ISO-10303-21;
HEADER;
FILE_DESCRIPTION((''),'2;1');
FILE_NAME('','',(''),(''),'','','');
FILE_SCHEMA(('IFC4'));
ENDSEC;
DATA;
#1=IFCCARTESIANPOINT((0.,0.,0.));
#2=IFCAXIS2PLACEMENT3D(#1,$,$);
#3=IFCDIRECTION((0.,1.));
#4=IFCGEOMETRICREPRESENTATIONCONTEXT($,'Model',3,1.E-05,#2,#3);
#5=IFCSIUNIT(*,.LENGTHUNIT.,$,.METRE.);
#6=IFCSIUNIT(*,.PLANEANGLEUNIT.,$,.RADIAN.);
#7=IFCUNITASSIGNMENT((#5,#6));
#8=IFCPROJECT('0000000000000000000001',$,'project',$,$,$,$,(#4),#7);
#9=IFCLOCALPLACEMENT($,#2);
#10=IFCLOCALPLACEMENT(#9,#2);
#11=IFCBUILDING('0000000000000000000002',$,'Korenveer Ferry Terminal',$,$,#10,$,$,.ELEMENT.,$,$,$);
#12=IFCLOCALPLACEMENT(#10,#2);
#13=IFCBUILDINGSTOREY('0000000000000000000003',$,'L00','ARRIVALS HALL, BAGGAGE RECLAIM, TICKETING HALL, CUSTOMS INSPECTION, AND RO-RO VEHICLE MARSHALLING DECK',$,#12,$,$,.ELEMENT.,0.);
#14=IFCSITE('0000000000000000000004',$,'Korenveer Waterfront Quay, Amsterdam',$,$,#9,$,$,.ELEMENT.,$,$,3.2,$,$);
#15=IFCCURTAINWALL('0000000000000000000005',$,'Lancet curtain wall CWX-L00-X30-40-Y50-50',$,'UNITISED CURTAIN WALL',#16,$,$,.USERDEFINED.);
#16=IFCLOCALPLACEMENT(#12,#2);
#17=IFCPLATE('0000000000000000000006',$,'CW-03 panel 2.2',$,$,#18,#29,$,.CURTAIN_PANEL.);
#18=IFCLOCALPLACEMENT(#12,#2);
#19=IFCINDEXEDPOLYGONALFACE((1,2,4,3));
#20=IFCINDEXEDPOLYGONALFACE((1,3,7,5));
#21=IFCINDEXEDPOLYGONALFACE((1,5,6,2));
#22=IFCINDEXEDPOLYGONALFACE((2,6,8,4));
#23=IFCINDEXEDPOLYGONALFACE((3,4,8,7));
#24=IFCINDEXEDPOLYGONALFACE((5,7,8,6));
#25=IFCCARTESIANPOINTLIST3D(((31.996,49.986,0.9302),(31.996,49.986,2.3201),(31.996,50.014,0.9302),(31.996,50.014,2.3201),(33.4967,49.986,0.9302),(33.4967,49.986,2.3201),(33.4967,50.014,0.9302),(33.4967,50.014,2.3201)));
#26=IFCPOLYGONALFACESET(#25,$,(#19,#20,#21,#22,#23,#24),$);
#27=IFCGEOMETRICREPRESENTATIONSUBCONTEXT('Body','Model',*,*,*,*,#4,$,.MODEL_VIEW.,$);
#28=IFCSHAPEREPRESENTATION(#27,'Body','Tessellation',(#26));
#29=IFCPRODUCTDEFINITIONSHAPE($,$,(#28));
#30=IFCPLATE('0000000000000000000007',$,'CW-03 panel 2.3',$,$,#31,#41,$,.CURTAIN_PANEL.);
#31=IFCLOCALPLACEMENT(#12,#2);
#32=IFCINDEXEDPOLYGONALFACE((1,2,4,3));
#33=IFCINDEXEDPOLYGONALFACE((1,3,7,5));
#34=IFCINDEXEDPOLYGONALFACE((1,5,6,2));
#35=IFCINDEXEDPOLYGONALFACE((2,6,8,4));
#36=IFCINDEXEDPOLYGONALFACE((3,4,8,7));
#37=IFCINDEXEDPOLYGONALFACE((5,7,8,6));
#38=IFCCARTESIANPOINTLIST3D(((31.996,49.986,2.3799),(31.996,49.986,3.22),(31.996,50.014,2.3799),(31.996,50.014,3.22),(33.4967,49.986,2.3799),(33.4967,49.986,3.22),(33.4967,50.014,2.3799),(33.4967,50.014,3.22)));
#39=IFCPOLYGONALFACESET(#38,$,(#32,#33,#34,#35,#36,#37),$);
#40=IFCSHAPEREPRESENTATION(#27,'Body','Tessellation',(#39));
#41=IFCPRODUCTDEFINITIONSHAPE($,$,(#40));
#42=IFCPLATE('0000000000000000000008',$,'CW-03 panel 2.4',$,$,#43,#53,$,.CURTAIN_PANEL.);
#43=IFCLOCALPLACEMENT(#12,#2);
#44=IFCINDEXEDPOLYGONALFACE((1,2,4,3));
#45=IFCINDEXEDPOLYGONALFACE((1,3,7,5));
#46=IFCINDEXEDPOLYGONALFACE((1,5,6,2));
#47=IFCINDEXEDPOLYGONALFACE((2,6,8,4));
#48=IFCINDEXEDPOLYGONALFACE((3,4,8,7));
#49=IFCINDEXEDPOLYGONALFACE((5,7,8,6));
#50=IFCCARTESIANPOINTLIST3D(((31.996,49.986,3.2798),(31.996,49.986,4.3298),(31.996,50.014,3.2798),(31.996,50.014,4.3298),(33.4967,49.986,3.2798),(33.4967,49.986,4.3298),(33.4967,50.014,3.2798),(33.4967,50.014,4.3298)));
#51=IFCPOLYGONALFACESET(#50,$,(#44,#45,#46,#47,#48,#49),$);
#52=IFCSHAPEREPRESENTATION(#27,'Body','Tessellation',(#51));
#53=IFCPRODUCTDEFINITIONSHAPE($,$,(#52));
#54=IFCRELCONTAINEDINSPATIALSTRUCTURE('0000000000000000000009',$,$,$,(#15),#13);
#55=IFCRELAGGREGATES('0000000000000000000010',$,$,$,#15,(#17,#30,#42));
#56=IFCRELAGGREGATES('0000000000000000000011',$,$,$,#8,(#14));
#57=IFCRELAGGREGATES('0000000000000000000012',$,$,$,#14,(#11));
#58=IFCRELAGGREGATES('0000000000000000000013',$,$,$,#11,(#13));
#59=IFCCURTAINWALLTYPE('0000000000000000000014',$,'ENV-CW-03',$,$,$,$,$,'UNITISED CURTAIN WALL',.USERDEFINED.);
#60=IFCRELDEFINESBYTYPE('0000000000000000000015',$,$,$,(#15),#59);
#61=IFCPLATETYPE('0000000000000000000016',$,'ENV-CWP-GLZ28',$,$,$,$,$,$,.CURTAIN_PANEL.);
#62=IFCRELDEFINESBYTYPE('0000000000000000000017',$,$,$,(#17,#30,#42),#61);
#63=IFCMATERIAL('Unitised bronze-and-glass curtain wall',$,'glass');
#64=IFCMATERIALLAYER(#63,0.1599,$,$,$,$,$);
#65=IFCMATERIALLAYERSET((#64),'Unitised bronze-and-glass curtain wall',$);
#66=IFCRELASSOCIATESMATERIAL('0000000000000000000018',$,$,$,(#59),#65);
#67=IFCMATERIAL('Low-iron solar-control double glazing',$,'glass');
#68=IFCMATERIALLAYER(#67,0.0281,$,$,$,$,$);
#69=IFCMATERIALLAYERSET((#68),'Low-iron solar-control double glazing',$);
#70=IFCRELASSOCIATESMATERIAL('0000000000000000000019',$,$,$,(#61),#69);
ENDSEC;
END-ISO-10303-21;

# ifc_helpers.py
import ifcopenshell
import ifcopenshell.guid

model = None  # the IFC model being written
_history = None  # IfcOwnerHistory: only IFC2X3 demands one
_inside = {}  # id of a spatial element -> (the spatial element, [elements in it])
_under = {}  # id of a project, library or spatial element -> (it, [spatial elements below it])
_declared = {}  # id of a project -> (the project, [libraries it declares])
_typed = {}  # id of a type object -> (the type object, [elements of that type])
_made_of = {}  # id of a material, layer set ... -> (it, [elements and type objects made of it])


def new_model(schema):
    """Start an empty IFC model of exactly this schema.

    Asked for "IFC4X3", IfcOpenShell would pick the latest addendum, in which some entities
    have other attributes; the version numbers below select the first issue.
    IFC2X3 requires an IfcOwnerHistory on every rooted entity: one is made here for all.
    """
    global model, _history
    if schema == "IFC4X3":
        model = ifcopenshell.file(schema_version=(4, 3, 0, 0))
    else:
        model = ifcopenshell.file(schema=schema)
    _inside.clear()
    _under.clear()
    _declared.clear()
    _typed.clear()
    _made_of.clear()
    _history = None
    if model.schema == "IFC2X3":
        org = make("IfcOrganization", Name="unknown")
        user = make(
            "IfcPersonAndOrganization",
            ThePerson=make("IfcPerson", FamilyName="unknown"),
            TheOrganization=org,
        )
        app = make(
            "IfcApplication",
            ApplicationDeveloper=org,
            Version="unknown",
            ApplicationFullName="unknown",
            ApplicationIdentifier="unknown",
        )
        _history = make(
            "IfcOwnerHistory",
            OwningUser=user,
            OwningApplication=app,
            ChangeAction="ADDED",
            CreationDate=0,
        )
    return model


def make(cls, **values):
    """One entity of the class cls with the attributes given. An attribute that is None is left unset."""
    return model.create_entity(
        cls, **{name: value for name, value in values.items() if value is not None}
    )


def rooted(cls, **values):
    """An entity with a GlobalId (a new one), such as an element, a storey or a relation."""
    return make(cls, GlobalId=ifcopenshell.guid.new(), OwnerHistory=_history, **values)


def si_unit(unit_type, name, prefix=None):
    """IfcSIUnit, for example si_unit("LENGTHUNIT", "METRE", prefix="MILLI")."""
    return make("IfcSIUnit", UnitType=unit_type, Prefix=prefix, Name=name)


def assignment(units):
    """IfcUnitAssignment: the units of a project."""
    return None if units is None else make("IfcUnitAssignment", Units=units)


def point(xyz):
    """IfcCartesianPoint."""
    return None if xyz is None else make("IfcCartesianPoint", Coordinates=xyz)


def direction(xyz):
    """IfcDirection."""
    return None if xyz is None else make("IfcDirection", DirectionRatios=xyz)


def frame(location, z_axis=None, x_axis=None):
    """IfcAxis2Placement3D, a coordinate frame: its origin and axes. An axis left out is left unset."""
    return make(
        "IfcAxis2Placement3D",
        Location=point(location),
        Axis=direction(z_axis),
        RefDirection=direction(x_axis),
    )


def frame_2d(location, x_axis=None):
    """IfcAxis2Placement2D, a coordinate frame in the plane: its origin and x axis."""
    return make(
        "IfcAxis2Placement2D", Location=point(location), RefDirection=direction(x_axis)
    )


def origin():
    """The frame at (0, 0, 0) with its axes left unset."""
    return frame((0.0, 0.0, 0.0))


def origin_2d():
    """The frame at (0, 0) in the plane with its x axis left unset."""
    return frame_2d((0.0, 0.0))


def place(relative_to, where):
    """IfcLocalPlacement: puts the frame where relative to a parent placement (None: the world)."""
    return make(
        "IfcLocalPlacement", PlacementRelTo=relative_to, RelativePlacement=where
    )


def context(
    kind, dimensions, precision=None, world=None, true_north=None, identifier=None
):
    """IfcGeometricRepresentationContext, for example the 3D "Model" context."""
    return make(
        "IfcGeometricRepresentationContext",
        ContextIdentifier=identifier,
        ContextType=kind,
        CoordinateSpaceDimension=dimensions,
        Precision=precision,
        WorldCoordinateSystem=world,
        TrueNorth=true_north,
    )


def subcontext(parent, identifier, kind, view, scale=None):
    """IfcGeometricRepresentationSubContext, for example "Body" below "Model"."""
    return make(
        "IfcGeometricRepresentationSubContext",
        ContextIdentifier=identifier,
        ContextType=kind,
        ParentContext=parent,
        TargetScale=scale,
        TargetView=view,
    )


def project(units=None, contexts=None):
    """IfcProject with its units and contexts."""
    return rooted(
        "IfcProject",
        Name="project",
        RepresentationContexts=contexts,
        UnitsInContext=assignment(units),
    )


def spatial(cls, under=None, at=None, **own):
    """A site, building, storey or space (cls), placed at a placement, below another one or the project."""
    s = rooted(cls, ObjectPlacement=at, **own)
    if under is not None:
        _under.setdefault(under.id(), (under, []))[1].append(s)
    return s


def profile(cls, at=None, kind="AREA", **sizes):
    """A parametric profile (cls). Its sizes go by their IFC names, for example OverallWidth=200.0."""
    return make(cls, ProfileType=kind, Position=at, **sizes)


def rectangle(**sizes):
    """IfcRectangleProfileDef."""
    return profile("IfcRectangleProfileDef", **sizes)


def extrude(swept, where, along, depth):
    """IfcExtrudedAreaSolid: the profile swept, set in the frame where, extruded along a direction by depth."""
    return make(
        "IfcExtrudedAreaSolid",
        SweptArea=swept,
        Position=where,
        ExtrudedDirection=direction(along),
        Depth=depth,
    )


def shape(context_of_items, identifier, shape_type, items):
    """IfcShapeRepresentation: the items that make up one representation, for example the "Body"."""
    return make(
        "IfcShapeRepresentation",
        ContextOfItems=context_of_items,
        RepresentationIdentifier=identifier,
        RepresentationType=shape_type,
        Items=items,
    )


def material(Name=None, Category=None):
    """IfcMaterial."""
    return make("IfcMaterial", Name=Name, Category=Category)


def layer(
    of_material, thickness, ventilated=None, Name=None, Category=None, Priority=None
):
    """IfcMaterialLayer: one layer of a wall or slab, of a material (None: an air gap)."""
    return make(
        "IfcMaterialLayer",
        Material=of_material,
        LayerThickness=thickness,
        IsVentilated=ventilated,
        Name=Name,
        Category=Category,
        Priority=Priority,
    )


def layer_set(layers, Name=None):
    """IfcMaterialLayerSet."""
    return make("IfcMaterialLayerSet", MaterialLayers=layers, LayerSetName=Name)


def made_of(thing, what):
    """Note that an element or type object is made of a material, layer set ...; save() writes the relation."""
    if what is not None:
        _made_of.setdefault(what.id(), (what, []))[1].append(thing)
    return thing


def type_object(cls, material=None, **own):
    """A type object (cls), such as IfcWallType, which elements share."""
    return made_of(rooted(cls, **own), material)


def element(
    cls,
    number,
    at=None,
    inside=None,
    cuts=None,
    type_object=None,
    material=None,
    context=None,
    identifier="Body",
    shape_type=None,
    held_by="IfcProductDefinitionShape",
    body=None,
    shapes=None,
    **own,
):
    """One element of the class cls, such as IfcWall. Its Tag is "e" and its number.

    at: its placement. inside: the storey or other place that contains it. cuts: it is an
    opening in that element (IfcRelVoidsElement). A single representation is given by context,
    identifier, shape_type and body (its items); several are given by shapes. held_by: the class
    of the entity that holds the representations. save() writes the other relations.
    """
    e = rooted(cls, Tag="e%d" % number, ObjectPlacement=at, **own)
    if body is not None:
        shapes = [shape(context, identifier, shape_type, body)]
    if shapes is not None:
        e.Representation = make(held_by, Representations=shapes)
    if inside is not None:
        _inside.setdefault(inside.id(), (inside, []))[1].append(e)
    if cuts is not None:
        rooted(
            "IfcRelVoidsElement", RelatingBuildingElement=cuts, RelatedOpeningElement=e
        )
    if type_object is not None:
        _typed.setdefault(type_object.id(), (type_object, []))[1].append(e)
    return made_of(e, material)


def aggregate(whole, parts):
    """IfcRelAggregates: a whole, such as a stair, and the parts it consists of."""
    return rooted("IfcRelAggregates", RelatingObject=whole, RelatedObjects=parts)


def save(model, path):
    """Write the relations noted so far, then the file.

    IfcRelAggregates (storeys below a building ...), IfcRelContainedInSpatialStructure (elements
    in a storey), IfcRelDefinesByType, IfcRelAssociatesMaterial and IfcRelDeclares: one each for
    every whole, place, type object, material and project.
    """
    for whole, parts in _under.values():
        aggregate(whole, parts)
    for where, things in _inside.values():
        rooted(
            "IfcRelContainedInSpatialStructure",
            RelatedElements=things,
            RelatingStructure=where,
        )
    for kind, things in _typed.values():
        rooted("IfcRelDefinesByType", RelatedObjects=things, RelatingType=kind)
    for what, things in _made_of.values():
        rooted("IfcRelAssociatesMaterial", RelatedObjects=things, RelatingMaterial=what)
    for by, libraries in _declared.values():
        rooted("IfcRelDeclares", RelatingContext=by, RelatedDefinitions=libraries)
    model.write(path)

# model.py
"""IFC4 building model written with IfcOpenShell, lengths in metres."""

from ifc_helpers import new_model, si_unit, direction, frame, origin, origin_2d, place, context, subcontext, project, spatial, rectangle, extrude, material, layer, layer_set, type_object, element, aggregate, save


model = new_model("IFC4")

# Units and contexts
model_context = context("Model", 3, precision=1e-05, world=origin(), true_north=direction((0.0, 1.0)))
body_context = subcontext(model_context, "Body", "Model", "MODEL_VIEW")
ifc_project = project(units=[si_unit("LENGTHUNIT", "METRE"), si_unit("PLANEANGLEUNIT", "RADIAN")], contexts=[model_context])

# Site, building, storey
site_placement = place(None, origin())
site = spatial("IfcSite", under=ifc_project, at=site_placement, Name="Korenveer Waterfront Quay, Amsterdam", CompositionType="ELEMENT", RefElevation=3.2)
building_placement = place(site_placement, origin())
building = spatial("IfcBuilding", under=site, at=building_placement, Name="Korenveer Ferry Terminal", CompositionType="ELEMENT")
storey_placement = place(building_placement, origin())
storey = spatial("IfcBuildingStorey", under=building, at=storey_placement, Name="L00", Description="ARRIVALS HALL, BAGGAGE RECLAIM, TICKETING HALL, CUSTOMS INSPECTION, AND RO-RO VEHICLE MARSHALLING DECK", CompositionType="ELEMENT", Elevation=0.0)

# Curtain wall
ifc_material_1 = material(Name="Unitised bronze-and-glass curtain wall", Category="glass")
ifc_layer_1 = layer(ifc_material_1, 0.1599)
ifc_layer_set_1 = layer_set([ifc_layer_1], Name="Unitised bronze-and-glass curtain wall")
curtain_wall_type = type_object("IfcCurtainWallType", Name="ENV-CW-03", ElementType="UNITISED CURTAIN WALL", PredefinedType="USERDEFINED", material=ifc_layer_set_1)
curtain_wall_placement = place(storey_placement, frame((30.405, 50.0, 0.0)))
curtain_wall = element("IfcCurtainWall", 1, at=curtain_wall_placement, inside=storey, type_object=curtain_wall_type, Name="Lancet curtain wall CWX-L00-X30-40-Y50-50", ObjectType="UNITISED CURTAIN WALL", PredefinedType="USERDEFINED")

# Plates
ifc_material_2 = material(Name="Low-iron solar-control double glazing", Category="glass")
ifc_layer_2 = layer(ifc_material_2, 0.0281)
ifc_layer_set_2 = layer_set([ifc_layer_2], Name="Low-iron solar-control double glazing")
plate_type = type_object("IfcPlateType", Name="ENV-CWP-GLZ28", PredefinedType="CURTAIN_PANEL", material=ifc_layer_set_2)
plate_1_placement = place(storey_placement, frame((32.7463, 50.0, 0.9302), z_axis=(0.0, 0.0, 1.0), x_axis=(1.0, 0.0, 0.0)))
plate_1 = element("IfcPlate", 2, at=plate_1_placement, type_object=plate_type, Name="CW-03 panel 2.2", PredefinedType="CURTAIN_PANEL", context=body_context, shape_type="SweptSolid", body=[
    extrude(rectangle(XDim=1.5007, YDim=0.0281, at=origin_2d()), origin(), (0.0, 0.0, 1.0), 1.3899),
])
plate_2_placement = place(storey_placement, frame((32.7463, 50.0, 2.3799), z_axis=(0.0, 0.0, 1.0), x_axis=(1.0, 0.0, 0.0)))
plate_2 = element("IfcPlate", 3, at=plate_2_placement, type_object=plate_type, Name="CW-03 panel 2.3", PredefinedType="CURTAIN_PANEL", context=body_context, shape_type="SweptSolid", body=[
    extrude(rectangle(XDim=1.5007, YDim=0.0281, at=origin_2d()), origin(), (0.0, 0.0, 1.0), 0.8401),
])
plate_3_placement = place(storey_placement, frame((32.7463, 50.0, 3.2798), z_axis=(0.0, 0.0, 1.0), x_axis=(1.0, 0.0, 0.0)))
plate_3 = element("IfcPlate", 4, at=plate_3_placement, type_object=plate_type, Name="CW-03 panel 2.4", PredefinedType="CURTAIN_PANEL", context=body_context, shape_type="SweptSolid", body=[
    extrude(rectangle(XDim=1.5007, YDim=0.0281, at=origin_2d()), origin(), (0.0, 0.0, 1.0), 1.05),
])
aggregate(curtain_wall, [plate_1, plate_2, plate_3])

save(model, "model.ifc")
